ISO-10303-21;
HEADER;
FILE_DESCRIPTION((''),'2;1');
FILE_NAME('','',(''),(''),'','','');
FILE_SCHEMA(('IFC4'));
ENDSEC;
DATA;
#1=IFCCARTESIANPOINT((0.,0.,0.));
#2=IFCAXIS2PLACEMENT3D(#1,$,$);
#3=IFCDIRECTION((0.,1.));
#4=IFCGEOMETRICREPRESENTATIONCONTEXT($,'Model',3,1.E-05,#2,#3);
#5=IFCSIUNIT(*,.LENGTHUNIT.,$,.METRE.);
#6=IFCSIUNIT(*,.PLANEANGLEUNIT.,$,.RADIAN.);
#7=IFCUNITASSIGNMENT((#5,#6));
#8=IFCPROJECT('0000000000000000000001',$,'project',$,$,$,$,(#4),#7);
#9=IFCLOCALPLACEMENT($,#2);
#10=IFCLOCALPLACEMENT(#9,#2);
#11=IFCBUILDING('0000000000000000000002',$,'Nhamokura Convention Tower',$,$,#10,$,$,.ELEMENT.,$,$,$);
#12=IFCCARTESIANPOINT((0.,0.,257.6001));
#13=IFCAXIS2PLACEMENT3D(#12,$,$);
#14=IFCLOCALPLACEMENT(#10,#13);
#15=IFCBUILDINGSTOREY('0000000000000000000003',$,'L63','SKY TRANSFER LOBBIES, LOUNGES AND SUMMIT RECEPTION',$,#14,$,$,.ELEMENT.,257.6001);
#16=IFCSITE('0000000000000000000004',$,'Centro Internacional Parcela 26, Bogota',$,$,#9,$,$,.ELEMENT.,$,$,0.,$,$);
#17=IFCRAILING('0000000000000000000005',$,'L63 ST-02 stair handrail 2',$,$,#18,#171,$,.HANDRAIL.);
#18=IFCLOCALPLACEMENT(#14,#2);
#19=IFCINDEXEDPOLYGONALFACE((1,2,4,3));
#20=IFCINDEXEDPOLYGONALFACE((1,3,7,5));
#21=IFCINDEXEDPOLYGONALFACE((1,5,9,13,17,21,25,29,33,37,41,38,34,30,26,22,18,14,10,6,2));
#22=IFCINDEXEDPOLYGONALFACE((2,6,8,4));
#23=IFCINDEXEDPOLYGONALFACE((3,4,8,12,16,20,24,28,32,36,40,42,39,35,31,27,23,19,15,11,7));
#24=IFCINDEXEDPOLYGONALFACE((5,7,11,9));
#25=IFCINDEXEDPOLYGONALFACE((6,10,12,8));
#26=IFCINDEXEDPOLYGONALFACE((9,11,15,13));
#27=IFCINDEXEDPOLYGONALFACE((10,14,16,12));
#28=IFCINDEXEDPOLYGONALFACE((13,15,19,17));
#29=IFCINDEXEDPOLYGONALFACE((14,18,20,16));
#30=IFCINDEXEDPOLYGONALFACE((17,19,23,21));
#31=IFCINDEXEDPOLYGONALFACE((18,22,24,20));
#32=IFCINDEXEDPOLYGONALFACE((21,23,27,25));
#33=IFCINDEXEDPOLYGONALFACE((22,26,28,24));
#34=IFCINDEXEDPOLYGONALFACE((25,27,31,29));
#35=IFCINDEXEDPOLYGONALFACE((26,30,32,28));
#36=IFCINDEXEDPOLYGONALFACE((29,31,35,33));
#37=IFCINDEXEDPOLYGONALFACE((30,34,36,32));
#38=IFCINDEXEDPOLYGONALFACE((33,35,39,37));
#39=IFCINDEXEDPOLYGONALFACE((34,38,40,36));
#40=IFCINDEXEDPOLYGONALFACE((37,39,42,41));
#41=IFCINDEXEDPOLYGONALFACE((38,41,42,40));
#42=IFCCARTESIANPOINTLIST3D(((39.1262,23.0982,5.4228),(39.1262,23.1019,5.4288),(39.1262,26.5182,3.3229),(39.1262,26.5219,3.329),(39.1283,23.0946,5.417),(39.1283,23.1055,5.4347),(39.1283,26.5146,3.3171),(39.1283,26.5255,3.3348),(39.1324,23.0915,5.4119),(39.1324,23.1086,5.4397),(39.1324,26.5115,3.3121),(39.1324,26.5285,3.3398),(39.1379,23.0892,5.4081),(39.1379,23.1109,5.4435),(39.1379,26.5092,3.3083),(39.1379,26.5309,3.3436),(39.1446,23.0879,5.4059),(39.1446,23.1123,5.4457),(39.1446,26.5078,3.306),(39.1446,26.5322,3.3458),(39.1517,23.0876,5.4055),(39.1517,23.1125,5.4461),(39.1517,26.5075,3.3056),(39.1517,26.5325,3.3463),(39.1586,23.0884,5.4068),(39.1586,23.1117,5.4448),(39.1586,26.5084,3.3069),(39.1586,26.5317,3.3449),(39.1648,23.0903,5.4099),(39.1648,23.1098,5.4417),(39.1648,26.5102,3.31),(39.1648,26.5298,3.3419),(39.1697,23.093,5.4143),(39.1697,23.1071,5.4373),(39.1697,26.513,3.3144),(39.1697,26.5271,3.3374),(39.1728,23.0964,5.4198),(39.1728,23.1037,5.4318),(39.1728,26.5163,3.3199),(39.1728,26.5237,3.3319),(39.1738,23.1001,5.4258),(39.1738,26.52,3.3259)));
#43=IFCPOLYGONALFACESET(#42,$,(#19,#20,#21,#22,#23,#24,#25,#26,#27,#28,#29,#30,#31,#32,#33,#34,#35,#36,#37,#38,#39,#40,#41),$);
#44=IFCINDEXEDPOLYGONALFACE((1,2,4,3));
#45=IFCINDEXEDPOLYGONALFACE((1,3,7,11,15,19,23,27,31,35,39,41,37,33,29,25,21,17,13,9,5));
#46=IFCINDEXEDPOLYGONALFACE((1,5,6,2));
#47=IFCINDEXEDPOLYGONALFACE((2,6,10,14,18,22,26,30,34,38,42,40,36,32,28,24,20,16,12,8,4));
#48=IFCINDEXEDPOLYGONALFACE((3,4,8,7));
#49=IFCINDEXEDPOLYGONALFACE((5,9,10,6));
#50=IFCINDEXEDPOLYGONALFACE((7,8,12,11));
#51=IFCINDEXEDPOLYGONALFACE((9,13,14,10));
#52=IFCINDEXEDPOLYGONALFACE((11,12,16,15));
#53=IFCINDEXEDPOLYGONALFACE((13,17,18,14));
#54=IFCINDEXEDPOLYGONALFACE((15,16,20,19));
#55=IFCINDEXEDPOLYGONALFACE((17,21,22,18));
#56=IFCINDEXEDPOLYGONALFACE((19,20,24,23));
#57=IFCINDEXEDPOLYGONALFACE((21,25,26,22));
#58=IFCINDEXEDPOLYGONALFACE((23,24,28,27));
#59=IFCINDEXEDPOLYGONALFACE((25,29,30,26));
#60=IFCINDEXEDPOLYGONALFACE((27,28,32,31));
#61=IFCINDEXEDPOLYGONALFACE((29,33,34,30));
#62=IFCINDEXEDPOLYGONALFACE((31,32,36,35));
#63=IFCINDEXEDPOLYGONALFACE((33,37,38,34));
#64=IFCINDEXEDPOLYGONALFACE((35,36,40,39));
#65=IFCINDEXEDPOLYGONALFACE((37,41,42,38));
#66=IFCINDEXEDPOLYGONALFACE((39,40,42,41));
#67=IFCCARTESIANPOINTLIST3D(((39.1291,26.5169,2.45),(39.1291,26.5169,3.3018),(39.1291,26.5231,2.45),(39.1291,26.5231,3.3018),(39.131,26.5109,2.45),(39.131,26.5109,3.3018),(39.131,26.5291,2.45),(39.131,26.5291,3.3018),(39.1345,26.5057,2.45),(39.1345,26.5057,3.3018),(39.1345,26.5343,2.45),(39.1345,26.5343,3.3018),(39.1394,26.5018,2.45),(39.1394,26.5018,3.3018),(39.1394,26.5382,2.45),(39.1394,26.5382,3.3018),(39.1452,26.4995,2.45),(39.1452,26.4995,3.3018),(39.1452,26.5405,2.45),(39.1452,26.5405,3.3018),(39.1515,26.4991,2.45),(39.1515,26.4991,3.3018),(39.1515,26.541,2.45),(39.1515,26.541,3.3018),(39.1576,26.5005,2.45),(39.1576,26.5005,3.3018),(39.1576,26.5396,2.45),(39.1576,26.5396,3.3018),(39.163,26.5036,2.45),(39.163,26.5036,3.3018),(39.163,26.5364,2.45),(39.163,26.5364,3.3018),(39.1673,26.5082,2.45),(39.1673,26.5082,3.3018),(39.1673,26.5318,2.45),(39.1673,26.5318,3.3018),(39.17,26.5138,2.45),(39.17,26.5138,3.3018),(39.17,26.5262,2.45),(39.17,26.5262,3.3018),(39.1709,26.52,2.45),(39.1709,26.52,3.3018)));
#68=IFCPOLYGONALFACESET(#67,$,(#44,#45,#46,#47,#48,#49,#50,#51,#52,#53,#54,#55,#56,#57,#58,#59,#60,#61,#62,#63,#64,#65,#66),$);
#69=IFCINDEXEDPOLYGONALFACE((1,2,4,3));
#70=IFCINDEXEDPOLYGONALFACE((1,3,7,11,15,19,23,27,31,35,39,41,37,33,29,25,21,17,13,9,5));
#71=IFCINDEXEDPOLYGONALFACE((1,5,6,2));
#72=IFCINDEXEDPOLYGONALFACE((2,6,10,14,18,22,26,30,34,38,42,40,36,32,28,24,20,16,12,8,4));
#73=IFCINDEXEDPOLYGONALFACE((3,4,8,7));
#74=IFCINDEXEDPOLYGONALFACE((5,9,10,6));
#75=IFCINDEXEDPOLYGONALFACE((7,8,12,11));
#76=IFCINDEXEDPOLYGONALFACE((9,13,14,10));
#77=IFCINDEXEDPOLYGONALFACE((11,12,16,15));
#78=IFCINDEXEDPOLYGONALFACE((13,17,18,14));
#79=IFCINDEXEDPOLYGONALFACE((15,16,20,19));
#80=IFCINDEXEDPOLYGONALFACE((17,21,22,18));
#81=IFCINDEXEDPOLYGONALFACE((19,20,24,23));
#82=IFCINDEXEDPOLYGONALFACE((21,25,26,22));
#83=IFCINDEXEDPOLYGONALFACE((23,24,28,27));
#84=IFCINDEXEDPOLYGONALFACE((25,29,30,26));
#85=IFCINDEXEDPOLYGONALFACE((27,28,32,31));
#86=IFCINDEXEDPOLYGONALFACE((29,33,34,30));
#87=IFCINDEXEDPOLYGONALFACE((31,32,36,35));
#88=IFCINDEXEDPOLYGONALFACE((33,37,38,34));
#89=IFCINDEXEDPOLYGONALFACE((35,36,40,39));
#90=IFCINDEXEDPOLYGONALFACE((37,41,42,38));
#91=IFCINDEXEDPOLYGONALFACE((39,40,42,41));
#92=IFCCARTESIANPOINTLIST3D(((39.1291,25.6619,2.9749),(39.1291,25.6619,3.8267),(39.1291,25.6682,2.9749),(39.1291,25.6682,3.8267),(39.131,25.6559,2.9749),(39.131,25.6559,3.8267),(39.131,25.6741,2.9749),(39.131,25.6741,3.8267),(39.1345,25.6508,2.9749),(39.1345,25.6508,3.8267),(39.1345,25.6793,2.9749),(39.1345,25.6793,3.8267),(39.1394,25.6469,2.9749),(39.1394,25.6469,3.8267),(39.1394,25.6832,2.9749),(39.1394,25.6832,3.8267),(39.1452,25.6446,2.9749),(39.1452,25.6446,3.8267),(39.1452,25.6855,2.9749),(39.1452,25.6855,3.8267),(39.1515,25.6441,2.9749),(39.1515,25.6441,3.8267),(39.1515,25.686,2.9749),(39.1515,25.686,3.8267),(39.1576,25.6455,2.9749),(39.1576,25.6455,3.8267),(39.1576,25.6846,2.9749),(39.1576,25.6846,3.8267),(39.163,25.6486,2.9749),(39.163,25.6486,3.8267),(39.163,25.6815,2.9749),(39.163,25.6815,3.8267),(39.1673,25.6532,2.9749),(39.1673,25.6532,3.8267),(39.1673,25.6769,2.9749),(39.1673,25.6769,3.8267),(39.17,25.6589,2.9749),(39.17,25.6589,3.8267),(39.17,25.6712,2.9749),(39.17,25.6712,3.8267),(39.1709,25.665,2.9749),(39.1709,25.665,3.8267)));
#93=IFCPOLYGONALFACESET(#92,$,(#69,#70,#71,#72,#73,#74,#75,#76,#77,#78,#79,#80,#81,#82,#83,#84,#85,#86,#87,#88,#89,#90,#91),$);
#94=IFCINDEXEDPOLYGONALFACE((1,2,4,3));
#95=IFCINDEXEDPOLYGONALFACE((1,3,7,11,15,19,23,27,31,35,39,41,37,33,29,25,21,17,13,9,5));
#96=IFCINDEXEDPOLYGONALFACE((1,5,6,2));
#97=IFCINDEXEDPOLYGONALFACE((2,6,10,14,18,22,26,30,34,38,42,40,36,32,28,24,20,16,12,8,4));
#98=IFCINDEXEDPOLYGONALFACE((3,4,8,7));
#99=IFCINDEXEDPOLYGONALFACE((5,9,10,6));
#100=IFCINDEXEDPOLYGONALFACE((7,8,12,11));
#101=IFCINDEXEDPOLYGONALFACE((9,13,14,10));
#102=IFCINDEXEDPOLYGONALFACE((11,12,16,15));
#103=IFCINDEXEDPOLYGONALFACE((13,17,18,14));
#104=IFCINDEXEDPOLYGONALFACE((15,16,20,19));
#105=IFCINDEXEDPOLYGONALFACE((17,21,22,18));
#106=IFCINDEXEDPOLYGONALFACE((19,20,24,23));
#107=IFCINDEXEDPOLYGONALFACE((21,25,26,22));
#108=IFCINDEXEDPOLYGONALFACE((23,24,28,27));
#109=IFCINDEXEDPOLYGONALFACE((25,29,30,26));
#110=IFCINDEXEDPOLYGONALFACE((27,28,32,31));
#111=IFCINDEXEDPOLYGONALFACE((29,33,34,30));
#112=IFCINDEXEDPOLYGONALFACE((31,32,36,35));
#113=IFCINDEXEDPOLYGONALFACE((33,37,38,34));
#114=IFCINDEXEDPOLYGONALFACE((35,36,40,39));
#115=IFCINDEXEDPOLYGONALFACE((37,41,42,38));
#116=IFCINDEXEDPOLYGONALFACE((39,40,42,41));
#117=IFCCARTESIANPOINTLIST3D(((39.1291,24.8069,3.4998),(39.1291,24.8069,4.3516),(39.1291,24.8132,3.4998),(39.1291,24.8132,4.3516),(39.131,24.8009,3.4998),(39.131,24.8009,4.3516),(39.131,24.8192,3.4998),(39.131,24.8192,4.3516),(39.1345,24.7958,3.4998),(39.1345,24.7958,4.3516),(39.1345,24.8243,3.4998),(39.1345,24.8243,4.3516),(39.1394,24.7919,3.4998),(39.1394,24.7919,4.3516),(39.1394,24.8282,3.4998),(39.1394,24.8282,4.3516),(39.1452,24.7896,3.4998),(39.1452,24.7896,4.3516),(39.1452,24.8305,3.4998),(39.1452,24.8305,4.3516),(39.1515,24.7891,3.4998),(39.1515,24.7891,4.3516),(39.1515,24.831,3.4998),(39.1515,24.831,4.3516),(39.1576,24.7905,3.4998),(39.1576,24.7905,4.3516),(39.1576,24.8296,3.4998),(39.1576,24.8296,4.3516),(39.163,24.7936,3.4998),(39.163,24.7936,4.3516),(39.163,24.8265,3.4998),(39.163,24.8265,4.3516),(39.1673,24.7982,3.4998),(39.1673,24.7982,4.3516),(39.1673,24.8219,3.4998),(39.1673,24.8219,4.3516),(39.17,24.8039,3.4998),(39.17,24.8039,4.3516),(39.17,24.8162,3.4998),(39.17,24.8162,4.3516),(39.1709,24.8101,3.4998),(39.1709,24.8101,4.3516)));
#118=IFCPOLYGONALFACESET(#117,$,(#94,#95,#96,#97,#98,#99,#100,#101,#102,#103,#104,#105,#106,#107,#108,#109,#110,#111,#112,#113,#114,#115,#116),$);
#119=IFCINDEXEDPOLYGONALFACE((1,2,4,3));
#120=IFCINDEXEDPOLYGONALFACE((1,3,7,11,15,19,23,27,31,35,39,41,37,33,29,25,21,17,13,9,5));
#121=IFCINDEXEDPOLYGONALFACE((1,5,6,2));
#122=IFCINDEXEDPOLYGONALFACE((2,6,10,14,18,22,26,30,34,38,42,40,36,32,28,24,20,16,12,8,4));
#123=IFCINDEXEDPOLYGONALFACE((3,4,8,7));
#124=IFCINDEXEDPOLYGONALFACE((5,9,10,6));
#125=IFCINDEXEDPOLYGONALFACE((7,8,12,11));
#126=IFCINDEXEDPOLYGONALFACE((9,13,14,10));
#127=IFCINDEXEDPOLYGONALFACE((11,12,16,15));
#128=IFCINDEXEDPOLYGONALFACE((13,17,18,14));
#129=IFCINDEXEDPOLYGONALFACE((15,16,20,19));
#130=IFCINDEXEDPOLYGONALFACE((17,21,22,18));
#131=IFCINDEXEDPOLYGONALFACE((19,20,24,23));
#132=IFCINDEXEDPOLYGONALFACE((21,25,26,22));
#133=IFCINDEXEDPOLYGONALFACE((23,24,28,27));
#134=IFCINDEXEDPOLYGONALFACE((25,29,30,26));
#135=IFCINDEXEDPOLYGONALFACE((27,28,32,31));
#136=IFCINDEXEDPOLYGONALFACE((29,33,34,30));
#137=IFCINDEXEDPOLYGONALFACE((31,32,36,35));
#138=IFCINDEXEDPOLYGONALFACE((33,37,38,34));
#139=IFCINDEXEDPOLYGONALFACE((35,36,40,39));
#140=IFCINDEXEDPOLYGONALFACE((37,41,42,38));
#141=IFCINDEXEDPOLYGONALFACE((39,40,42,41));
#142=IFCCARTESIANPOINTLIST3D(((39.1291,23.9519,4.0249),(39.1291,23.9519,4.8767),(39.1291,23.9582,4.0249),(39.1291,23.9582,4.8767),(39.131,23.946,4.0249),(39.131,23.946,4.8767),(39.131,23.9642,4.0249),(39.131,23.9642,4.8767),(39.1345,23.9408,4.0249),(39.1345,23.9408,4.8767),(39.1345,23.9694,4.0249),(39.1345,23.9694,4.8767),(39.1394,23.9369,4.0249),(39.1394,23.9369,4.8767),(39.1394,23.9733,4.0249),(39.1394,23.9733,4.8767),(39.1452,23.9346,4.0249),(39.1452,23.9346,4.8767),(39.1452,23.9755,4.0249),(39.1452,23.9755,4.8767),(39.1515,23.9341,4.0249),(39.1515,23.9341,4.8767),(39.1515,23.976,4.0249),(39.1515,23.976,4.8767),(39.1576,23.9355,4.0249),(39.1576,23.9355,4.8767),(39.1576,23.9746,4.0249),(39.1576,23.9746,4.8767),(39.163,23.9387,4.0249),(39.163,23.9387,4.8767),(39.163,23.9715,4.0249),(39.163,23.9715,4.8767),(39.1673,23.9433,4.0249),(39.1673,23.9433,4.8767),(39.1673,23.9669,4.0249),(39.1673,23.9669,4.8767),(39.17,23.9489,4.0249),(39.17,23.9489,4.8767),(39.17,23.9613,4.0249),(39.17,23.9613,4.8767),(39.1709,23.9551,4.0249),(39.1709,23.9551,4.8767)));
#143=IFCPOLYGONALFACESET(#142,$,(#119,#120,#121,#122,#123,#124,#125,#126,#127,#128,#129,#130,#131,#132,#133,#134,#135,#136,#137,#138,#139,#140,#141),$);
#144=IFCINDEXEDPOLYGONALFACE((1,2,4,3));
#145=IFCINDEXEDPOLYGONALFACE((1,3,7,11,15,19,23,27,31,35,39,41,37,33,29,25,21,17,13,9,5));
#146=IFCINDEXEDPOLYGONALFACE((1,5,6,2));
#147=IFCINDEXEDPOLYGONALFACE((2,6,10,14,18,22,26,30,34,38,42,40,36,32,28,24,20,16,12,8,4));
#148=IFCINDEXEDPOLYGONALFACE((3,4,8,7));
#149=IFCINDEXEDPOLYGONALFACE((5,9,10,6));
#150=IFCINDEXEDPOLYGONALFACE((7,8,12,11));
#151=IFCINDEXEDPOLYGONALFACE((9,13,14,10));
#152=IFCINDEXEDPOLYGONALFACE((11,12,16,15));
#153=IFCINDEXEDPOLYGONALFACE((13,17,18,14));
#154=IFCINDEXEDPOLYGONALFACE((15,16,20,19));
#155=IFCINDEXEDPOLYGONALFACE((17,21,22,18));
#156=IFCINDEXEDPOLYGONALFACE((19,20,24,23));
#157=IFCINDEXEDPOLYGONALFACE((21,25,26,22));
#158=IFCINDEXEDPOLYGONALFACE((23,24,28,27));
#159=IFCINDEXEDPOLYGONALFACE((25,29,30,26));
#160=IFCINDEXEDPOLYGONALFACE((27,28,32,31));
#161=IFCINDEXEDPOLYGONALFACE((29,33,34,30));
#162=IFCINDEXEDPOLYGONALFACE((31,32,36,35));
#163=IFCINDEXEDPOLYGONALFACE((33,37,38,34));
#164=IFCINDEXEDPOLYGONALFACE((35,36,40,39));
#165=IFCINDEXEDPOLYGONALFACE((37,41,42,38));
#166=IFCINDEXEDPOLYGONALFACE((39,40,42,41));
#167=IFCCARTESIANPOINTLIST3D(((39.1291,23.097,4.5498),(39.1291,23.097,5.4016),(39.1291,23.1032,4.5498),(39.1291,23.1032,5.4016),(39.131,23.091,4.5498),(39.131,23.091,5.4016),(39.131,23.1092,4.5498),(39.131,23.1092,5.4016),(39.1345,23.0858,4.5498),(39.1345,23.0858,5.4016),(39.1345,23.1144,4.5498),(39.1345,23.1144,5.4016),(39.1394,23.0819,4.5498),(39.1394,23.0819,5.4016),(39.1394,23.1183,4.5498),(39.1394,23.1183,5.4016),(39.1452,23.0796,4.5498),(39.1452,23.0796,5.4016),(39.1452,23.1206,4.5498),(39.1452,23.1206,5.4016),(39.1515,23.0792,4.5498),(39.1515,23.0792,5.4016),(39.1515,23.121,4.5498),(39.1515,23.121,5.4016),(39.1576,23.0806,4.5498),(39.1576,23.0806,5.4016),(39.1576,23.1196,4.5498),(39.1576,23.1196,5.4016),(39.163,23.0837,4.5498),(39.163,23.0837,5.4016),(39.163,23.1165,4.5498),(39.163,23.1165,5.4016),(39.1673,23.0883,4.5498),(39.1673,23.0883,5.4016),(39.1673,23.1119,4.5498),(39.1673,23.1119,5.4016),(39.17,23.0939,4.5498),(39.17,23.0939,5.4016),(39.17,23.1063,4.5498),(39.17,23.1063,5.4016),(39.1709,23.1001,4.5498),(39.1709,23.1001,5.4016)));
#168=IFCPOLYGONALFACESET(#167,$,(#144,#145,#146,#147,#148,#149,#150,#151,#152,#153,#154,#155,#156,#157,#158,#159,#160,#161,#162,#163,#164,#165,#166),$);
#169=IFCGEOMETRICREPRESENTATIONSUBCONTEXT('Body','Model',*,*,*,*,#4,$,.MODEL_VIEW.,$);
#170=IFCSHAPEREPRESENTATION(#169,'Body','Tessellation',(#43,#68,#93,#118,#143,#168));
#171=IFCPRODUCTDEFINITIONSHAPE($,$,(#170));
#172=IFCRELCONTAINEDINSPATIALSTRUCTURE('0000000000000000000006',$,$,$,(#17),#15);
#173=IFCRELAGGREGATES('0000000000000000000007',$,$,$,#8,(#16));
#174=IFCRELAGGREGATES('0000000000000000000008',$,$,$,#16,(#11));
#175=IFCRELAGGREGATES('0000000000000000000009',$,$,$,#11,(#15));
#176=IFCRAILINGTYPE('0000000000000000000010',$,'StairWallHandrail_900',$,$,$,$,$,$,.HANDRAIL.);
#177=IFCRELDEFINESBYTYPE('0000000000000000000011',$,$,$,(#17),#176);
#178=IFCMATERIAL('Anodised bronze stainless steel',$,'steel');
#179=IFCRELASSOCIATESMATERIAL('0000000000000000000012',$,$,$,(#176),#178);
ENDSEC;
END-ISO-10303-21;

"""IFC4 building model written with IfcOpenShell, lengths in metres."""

from ifc_helpers import new_model, si_unit, direction, frame, origin, origin_2d, place, context, subcontext, project, spatial, circle, extrude, material, type_object, element, save


model = new_model("IFC4")

# Units and contexts
model_context = context("Model", 3, precision=1e-05, world=origin(), true_north=direction((0.0, 1.0)))
body_context = subcontext(model_context, "Body", "Model", "MODEL_VIEW")
ifc_project = project(units=[si_unit("LENGTHUNIT", "METRE"), si_unit("PLANEANGLEUNIT", "RADIAN")], contexts=[model_context])

# Site, building, storey
site_placement = place(None, origin())
site = spatial("IfcSite", under=ifc_project, at=site_placement, Name="Centro Internacional Parcela 26, Bogota", CompositionType="ELEMENT", RefElevation=0.0)
building_placement = place(site_placement, origin())
building = spatial("IfcBuilding", under=site, at=building_placement, Name="Nhamokura Convention Tower", CompositionType="ELEMENT")
storey_placement = place(building_placement, frame((0.0, 0.0, 257.6001)))
storey = spatial("IfcBuildingStorey", under=building, at=storey_placement, Name="L63", Description="SKY TRANSFER LOBBIES, LOUNGES AND SUMMIT RECEPTION", CompositionType="ELEMENT", Elevation=257.6001)

# Railing
ifc_material_1 = material(Name="Anodised bronze stainless steel", Category="steel")
railing_type_1 = type_object("IfcRailingType", Name="StairWallHandrail_900", PredefinedType="HANDRAIL", material=ifc_material_1)
railing_1_placement = place(storey_placement, frame((39.1499, 26.52, 2.45)))
element("IfcRailing", 1, at=railing_1_placement, inside=storey, type_object=railing_type_1, Name="L63 ST-02 stair handrail 2", PredefinedType="HANDRAIL", context=body_context, shape_type="SweptSolid", body=[
    extrude(circle(Radius=0.0239, at=origin_2d()), frame((0.0, 0.0, 0.876), z_axis=(0.0, -0.852182, 0.523245), x_axis=(1.0, 0.0, 0.0)), (0.0, 0.0, 1.0), 4.0132),
    extrude(circle(Radius=0.021, at=origin_2d()), origin(), (0.0, 0.0, 1.0), 0.8518),
    extrude(circle(Radius=0.021, at=origin_2d()), frame((0.0, -0.855, 0.5249)), (0.0, 0.0, 1.0), 0.8518),
    extrude(circle(Radius=0.021, at=origin_2d()), frame((0.0, -1.71, 1.0498)), (0.0, 0.0, 1.0), 0.8518),
    extrude(circle(Radius=0.021, at=origin_2d()), frame((0.0, -2.5649, 1.575)), (0.0, 0.0, 1.0), 0.8518),
    extrude(circle(Radius=0.021, at=origin_2d()), frame((0.0, -3.4199, 2.0999)), (0.0, 0.0, 1.0), 0.8518),
])

save(model, "model.ifc")
